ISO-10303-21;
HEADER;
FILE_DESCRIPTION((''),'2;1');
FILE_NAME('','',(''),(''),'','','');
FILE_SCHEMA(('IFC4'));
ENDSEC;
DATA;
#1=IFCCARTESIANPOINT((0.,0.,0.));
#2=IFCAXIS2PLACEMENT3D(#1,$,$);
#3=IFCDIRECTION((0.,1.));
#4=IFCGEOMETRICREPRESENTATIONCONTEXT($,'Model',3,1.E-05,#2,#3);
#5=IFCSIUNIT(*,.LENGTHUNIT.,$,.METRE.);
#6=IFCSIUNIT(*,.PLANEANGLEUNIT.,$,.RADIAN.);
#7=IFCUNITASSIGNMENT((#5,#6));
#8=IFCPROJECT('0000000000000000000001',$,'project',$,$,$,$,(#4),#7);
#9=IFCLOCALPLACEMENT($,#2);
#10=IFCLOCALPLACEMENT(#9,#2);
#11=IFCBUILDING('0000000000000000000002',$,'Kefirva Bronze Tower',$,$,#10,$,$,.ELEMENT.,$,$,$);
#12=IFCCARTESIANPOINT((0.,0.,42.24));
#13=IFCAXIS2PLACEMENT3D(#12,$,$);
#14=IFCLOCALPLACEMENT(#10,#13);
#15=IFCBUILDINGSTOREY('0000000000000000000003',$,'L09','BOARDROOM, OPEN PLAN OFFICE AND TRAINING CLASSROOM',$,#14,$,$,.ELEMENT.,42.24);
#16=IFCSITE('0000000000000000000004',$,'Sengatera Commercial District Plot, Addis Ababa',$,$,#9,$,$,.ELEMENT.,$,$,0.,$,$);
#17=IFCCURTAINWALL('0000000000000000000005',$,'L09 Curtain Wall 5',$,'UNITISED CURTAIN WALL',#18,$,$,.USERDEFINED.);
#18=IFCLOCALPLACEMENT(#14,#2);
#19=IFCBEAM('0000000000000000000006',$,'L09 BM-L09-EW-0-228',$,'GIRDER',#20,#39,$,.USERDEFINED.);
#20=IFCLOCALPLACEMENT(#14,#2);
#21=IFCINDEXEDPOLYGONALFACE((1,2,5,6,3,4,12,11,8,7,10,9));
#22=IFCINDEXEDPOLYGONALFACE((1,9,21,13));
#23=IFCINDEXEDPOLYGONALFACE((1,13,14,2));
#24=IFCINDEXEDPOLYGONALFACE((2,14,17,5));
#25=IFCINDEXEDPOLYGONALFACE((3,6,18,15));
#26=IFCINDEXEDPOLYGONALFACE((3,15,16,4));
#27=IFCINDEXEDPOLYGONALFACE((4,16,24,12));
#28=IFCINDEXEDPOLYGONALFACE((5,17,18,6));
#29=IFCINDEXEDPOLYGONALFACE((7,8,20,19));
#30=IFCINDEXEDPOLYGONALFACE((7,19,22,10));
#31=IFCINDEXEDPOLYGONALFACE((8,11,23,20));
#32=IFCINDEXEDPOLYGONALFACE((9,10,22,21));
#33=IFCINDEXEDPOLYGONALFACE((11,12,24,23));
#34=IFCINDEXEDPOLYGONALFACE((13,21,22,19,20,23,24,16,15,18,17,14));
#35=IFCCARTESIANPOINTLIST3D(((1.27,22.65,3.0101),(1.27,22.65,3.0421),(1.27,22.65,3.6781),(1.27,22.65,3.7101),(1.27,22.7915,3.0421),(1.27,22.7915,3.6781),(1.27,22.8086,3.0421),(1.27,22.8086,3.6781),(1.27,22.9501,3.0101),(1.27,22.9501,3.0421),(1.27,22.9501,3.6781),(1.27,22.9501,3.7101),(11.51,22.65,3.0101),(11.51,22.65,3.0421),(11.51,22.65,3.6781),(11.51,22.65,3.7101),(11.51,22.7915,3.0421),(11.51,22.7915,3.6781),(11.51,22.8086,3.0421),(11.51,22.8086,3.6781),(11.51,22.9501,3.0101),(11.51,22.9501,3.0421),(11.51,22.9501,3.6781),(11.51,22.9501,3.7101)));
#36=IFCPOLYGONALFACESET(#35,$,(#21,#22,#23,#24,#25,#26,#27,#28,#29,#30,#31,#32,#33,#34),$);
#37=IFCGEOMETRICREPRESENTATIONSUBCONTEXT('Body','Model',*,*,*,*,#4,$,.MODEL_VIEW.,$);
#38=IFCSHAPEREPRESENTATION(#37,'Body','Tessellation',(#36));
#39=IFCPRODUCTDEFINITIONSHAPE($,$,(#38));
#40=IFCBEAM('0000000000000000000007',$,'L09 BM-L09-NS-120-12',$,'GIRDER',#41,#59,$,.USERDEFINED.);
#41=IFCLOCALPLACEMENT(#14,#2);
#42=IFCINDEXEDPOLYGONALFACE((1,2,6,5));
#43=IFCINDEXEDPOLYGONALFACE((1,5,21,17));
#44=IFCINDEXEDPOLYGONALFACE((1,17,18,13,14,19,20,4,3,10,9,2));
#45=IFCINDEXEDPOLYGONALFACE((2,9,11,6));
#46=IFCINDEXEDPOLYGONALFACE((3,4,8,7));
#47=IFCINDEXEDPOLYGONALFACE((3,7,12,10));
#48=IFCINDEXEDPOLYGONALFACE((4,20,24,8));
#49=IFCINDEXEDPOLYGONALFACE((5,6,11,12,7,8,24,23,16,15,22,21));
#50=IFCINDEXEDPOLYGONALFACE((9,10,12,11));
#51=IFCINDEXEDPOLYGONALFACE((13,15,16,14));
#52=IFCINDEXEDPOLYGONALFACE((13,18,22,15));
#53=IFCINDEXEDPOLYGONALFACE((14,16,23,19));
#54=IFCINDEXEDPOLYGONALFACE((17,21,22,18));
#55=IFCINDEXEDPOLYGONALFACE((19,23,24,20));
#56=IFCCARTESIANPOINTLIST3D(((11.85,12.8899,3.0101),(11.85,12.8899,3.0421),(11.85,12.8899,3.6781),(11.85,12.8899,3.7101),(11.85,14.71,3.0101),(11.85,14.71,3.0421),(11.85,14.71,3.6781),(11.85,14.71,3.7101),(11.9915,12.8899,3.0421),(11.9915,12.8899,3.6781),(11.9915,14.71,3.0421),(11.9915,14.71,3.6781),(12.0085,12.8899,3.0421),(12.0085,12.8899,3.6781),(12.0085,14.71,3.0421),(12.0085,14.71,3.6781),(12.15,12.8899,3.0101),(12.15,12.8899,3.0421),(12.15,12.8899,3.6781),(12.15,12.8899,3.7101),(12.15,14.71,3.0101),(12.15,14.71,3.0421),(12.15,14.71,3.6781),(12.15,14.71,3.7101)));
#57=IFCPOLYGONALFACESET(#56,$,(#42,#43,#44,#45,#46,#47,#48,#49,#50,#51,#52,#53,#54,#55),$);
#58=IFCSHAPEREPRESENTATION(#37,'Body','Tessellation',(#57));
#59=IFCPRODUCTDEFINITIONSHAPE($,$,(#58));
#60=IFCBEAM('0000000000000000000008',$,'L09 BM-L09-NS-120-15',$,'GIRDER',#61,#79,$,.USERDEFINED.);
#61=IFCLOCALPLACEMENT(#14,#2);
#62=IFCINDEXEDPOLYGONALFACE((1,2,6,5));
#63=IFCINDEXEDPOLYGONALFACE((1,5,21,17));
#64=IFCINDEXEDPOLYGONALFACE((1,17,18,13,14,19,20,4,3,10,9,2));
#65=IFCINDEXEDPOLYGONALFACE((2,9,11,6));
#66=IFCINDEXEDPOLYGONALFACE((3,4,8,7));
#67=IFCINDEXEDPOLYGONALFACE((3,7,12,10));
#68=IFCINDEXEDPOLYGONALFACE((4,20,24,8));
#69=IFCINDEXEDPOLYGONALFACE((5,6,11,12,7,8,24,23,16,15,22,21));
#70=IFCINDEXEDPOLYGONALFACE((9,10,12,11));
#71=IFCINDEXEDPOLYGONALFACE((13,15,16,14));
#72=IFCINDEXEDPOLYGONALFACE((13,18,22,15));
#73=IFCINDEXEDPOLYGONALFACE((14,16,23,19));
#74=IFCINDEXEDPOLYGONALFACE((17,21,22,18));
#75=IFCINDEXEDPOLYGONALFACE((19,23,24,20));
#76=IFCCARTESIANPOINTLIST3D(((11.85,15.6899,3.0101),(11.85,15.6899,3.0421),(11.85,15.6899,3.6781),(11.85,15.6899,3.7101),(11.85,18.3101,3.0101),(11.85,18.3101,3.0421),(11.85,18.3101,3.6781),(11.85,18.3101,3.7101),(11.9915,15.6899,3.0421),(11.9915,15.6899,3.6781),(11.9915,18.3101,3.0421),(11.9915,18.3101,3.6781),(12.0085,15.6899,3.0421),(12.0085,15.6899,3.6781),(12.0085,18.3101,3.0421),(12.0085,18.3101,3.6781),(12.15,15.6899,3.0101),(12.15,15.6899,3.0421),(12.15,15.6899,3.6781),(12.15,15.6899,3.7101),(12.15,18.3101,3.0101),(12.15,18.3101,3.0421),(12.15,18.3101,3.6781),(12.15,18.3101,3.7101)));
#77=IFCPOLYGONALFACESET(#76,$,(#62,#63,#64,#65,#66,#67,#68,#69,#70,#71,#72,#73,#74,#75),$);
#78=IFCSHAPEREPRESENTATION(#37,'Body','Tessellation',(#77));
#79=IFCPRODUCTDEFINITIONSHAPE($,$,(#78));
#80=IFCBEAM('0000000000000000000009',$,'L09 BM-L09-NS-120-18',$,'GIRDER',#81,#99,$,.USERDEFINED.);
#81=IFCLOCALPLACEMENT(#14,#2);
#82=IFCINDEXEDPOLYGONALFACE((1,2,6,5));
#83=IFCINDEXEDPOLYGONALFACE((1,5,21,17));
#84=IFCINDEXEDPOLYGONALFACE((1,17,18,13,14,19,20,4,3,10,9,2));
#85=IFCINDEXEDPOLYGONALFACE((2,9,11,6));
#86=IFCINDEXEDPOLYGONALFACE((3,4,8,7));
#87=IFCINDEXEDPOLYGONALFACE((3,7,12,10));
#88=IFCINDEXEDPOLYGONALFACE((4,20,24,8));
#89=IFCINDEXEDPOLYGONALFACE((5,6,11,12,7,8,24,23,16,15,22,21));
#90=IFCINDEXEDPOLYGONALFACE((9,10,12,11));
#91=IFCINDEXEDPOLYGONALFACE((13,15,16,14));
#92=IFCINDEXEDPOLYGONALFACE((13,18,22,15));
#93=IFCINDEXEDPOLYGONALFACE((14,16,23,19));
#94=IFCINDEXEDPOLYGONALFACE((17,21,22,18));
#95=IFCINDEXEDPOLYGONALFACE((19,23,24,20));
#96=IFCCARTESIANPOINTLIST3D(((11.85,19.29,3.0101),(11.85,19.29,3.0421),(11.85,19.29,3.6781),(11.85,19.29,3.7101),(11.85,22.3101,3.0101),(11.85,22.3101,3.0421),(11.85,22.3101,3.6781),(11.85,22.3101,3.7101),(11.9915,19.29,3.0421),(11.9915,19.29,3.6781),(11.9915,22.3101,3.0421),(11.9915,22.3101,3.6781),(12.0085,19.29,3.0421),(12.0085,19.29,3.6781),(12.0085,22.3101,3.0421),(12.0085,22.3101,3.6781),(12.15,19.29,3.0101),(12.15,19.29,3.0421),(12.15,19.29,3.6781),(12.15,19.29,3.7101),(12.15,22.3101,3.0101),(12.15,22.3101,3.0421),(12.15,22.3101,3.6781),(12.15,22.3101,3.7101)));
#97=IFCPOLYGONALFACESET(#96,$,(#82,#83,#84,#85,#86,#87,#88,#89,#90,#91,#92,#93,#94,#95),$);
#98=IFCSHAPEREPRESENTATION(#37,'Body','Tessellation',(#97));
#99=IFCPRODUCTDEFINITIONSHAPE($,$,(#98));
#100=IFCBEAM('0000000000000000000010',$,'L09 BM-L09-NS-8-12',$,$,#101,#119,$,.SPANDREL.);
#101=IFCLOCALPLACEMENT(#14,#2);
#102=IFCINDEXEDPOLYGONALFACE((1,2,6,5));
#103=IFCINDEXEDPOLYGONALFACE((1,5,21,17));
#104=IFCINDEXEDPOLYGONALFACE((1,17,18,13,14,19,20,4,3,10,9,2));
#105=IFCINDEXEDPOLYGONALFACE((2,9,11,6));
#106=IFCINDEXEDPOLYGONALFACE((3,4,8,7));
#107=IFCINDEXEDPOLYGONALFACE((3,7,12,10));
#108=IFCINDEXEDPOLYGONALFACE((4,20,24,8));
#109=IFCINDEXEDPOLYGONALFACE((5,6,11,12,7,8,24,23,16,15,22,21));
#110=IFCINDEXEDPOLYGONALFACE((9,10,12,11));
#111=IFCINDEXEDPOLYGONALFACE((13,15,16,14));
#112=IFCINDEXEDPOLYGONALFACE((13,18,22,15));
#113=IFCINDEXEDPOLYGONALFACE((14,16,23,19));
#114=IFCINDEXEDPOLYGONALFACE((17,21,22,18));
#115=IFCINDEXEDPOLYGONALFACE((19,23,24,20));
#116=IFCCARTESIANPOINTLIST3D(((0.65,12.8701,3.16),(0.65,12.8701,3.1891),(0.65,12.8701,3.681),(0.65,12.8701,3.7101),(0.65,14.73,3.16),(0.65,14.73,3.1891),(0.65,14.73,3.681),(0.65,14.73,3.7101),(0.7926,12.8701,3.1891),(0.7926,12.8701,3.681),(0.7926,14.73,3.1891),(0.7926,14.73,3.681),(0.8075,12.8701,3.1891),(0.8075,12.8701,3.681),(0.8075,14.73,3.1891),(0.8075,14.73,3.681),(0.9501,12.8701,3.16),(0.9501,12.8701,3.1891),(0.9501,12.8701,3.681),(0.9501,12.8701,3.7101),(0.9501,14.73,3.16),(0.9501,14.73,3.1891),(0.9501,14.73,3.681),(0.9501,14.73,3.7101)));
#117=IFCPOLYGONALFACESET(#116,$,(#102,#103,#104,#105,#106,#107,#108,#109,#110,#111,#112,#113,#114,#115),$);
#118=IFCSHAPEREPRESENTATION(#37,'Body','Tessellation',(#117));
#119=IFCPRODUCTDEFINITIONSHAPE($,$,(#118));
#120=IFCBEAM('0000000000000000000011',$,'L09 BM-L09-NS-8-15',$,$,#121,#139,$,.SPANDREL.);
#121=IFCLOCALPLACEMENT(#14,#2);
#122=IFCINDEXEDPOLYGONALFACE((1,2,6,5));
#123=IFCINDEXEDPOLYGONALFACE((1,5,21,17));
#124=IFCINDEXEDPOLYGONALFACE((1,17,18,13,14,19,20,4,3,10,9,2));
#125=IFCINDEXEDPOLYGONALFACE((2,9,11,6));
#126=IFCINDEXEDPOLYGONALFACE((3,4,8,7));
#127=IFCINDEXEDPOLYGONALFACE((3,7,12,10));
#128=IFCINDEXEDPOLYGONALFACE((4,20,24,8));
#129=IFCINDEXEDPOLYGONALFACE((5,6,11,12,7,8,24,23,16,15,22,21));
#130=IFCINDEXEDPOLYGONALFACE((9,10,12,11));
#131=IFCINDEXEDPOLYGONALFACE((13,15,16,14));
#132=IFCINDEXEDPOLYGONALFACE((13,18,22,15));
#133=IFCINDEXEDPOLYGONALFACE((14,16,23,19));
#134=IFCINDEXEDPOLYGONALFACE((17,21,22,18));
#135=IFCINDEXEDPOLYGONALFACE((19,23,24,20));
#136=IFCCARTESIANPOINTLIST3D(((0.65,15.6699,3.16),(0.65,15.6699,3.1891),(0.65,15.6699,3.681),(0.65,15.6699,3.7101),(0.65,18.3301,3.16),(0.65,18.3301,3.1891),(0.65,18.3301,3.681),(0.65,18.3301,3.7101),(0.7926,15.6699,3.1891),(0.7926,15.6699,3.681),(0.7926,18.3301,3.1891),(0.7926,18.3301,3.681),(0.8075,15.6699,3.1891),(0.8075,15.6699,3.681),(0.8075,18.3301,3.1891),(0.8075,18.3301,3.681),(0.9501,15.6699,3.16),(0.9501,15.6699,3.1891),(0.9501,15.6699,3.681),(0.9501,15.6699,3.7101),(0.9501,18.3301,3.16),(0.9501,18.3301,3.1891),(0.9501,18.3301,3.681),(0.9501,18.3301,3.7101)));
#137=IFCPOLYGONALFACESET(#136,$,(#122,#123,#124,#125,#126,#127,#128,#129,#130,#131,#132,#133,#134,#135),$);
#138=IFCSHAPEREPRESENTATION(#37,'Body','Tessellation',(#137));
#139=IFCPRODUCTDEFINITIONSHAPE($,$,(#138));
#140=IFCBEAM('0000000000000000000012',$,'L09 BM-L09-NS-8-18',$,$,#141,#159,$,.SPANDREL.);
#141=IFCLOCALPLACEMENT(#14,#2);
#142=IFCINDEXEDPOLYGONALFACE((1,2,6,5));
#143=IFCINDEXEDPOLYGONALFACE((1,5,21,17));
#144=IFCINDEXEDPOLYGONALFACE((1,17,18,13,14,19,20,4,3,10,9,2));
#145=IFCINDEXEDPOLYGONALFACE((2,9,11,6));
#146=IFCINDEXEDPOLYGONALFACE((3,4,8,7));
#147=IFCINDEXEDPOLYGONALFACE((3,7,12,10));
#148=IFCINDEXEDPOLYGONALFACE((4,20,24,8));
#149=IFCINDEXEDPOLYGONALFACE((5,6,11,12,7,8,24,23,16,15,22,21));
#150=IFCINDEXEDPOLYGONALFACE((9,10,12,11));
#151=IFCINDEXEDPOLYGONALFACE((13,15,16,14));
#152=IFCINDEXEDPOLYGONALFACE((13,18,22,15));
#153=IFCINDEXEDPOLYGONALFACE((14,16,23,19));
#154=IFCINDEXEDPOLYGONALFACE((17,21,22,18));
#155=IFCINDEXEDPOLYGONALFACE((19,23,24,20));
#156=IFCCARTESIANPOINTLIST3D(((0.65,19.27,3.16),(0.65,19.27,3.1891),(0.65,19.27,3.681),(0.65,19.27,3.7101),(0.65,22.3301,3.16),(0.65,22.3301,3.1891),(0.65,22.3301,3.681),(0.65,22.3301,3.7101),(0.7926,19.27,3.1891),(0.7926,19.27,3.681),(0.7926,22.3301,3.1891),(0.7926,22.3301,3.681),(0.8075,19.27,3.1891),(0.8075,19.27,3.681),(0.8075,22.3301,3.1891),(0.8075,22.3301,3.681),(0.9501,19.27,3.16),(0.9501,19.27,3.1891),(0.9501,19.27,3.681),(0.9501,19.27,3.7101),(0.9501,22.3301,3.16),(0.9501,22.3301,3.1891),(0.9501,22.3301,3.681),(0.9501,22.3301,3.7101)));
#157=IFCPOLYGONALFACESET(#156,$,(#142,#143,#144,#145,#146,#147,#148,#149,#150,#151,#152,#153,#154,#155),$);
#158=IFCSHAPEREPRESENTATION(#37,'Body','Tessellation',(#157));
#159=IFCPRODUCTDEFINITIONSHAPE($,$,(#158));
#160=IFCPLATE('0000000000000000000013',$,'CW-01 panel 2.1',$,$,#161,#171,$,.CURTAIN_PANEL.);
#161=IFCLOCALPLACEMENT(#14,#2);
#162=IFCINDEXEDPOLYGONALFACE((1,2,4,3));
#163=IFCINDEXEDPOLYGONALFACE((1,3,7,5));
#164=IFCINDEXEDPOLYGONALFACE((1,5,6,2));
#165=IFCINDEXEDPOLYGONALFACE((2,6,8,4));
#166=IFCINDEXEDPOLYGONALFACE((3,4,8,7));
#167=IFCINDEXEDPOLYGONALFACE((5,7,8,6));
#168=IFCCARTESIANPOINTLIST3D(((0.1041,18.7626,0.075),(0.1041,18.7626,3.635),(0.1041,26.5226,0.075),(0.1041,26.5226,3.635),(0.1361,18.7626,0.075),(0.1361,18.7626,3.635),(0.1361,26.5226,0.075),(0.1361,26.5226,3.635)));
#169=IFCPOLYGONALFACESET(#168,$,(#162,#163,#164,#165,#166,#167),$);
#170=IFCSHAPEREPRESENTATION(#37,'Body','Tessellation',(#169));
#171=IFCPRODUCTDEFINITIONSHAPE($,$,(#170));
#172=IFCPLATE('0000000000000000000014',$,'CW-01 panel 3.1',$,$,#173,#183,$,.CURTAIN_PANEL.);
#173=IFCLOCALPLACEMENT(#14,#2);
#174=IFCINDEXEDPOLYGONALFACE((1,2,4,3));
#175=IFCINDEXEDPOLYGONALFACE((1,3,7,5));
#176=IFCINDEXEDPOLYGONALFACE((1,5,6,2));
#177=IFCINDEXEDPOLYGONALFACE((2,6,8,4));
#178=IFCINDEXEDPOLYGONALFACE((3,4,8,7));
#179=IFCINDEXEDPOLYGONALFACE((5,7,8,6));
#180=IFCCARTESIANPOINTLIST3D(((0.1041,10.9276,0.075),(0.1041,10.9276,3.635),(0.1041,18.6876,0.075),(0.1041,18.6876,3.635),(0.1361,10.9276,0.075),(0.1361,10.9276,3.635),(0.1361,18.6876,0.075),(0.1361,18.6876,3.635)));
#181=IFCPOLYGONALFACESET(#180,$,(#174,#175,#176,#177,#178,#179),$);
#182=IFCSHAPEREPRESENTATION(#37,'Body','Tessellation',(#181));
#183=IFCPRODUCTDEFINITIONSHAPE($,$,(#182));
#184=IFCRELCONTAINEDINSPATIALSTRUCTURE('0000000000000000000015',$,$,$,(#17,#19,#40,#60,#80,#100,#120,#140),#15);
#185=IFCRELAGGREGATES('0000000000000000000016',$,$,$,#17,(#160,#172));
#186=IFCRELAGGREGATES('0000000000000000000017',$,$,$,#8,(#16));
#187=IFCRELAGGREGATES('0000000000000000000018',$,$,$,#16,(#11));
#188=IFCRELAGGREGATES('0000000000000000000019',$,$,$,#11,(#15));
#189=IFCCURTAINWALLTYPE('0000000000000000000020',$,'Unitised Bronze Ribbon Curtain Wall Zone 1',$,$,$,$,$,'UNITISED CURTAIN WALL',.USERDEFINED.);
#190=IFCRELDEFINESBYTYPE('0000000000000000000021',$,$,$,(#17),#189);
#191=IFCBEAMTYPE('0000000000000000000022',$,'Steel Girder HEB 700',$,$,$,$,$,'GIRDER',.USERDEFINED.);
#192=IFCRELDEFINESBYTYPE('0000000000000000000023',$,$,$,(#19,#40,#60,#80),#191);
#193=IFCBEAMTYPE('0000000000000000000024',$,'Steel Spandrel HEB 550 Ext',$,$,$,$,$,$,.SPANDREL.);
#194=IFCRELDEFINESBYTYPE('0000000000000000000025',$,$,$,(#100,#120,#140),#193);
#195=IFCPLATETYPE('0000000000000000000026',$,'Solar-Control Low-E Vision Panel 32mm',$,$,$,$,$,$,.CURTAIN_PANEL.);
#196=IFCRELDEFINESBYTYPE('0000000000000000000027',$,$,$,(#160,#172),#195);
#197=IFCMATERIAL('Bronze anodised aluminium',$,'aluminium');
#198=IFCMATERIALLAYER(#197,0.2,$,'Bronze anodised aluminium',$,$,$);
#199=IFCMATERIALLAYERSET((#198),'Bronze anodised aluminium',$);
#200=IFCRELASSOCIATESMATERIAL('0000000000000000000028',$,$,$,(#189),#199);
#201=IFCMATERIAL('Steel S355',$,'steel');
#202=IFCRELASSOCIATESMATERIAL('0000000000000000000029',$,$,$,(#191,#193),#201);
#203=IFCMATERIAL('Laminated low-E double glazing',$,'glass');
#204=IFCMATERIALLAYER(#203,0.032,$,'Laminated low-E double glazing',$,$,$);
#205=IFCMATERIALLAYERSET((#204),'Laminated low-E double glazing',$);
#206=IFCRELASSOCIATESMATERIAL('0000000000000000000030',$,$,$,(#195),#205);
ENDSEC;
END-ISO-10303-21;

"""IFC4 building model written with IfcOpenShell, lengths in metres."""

from ifc_helpers import new_model, si_unit, direction, frame, origin, origin_2d, place, context, subcontext, project, spatial, rectangle, i_section, extrude, material, layer, layer_set, material_profile, profile_set, type_object, element, aggregate, save


model = new_model("IFC4")

# Units and contexts
model_context = context("Model", 3, precision=1e-05, world=origin(), true_north=direction((0.0, 1.0)))
body_context = subcontext(model_context, "Body", "Model", "MODEL_VIEW")
ifc_project = project(units=[si_unit("LENGTHUNIT", "METRE"), si_unit("PLANEANGLEUNIT", "RADIAN")], contexts=[model_context])

# Site, building, storey
site_placement = place(None, origin())
site = spatial("IfcSite", under=ifc_project, at=site_placement, Name="Sengatera Commercial District Plot, Addis Ababa", CompositionType="ELEMENT", RefElevation=0.0)
building_placement = place(site_placement, origin())
building = spatial("IfcBuilding", under=site, at=building_placement, Name="Kefirva Bronze Tower", CompositionType="ELEMENT")
storey_placement = place(building_placement, frame((0.0, 0.0, 42.24)))
storey = spatial("IfcBuildingStorey", under=building, at=storey_placement, Name="L09", Description="BOARDROOM, OPEN PLAN OFFICE AND TRAINING CLASSROOM", CompositionType="ELEMENT", Elevation=42.24)

# Curtain wall
ifc_material_1 = material(Name="Bronze anodised aluminium", Category="aluminium")
ifc_layer_1 = layer(ifc_material_1, 0.2, Name="Bronze anodised aluminium")
ifc_layer_set_1 = layer_set([ifc_layer_1], Name="Bronze anodised aluminium")
curtain_wall_type = type_object("IfcCurtainWallType", Name="Unitised Bronze Ribbon Curtain Wall Zone 1", ElementType="UNITISED CURTAIN WALL", PredefinedType="USERDEFINED", material=ifc_layer_set_1)
curtain_wall_placement = place(storey_placement, origin())
curtain_wall = element("IfcCurtainWall", 1, at=curtain_wall_placement, inside=storey, type_object=curtain_wall_type, Name="L09 Curtain Wall 5", ObjectType="UNITISED CURTAIN WALL", PredefinedType="USERDEFINED")

# Beams
ifc_material_2 = material(Name="Steel S355", Category="steel")
ifc_material_profile_1 = material_profile(ifc_material_2, i_section(OverallWidth=0.3, OverallDepth=0.7, WebThickness=0.0171, FlangeThickness=0.032, at=origin_2d()), Name="HEB 700")
ifc_profile_set_1 = profile_set([ifc_material_profile_1], Name="Steel S355")
beam_type_1 = type_object("IfcBeamType", Name="Steel Girder HEB 700", ElementType="GIRDER", PredefinedType="USERDEFINED", material=ifc_profile_set_1)
beam_1_placement = place(storey_placement, frame((1.27, 22.8, 3.3601), z_axis=(1.0, 0.0, 0.0), x_axis=(0.0, 1.0, 0.0)))
element("IfcBeam", 2, at=beam_1_placement, inside=storey, type_object=beam_type_1, Name="L09 BM-L09-EW-0-228", ObjectType="GIRDER", PredefinedType="USERDEFINED", context=body_context, shape_type="SweptSolid", body=[
    extrude(i_section(OverallWidth=0.3, OverallDepth=0.7, WebThickness=0.0171, FlangeThickness=0.032, at=origin_2d()), origin(), (0.0, 0.0, 1.0), 10.24),
])
beam_2_placement = place(storey_placement, frame((12.0, 12.8899, 3.3601), z_axis=(0.0, 1.0, 0.0), x_axis=(-1.0, 0.0, 0.0)))
element("IfcBeam", 3, at=beam_2_placement, inside=storey, type_object=beam_type_1, Name="L09 BM-L09-NS-120-12", ObjectType="GIRDER", PredefinedType="USERDEFINED", context=body_context, shape_type="SweptSolid", body=[
    extrude(i_section(OverallWidth=0.3, OverallDepth=0.7, WebThickness=0.0171, FlangeThickness=0.032, at=origin_2d()), origin(), (0.0, 0.0, 1.0), 1.8201),
])
beam_3_placement = place(storey_placement, frame((12.0, 15.6899, 3.3601), z_axis=(0.0, 1.0, 0.0), x_axis=(-1.0, 0.0, 0.0)))
element("IfcBeam", 4, at=beam_3_placement, inside=storey, type_object=beam_type_1, Name="L09 BM-L09-NS-120-15", ObjectType="GIRDER", PredefinedType="USERDEFINED", context=body_context, shape_type="SweptSolid", body=[
    extrude(i_section(OverallWidth=0.3, OverallDepth=0.7, WebThickness=0.0171, FlangeThickness=0.032, at=origin_2d()), origin(), (0.0, 0.0, 1.0), 2.6201),
])
beam_4_placement = place(storey_placement, frame((12.0, 19.29, 3.3601), z_axis=(0.0, 1.0, 0.0), x_axis=(-1.0, 0.0, 0.0)))
element("IfcBeam", 5, at=beam_4_placement, inside=storey, type_object=beam_type_1, Name="L09 BM-L09-NS-120-18", ObjectType="GIRDER", PredefinedType="USERDEFINED", context=body_context, shape_type="SweptSolid", body=[
    extrude(i_section(OverallWidth=0.3, OverallDepth=0.7, WebThickness=0.0171, FlangeThickness=0.032, at=origin_2d()), origin(), (0.0, 0.0, 1.0), 3.02),
])
ifc_material_profile_2 = material_profile(ifc_material_2, i_section(OverallWidth=0.3, OverallDepth=0.55, WebThickness=0.0149, FlangeThickness=0.0291, at=origin_2d()), Name="HEB 550")
ifc_profile_set_2 = profile_set([ifc_material_profile_2], Name="Steel S355")
beam_type_2 = type_object("IfcBeamType", Name="Steel Spandrel HEB 550 Ext", PredefinedType="SPANDREL", material=ifc_profile_set_2)
beam_5_placement = place(storey_placement, frame((0.8, 12.8701, 3.4351), z_axis=(0.0, 1.0, 0.0), x_axis=(-1.0, 0.0, 0.0)))
element("IfcBeam", 6, at=beam_5_placement, inside=storey, type_object=beam_type_2, Name="L09 BM-L09-NS-8-12", PredefinedType="SPANDREL", context=body_context, shape_type="SweptSolid", body=[
    extrude(i_section(OverallWidth=0.3, OverallDepth=0.55, WebThickness=0.0149, FlangeThickness=0.0291, at=origin_2d()), origin(), (0.0, 0.0, 1.0), 1.8599),
])
beam_6_placement = place(storey_placement, frame((0.8, 15.6699, 3.4351), z_axis=(0.0, 1.0, 0.0), x_axis=(-1.0, 0.0, 0.0)))
element("IfcBeam", 7, at=beam_6_placement, inside=storey, type_object=beam_type_2, Name="L09 BM-L09-NS-8-15", PredefinedType="SPANDREL", context=body_context, shape_type="SweptSolid", body=[
    extrude(i_section(OverallWidth=0.3, OverallDepth=0.55, WebThickness=0.0149, FlangeThickness=0.0291, at=origin_2d()), origin(), (0.0, 0.0, 1.0), 2.6602),
])
beam_7_placement = place(storey_placement, frame((0.8, 19.27, 3.4351), z_axis=(0.0, 1.0, 0.0), x_axis=(-1.0, 0.0, 0.0)))
element("IfcBeam", 8, at=beam_7_placement, inside=storey, type_object=beam_type_2, Name="L09 BM-L09-NS-8-18", PredefinedType="SPANDREL", context=body_context, shape_type="SweptSolid", body=[
    extrude(i_section(OverallWidth=0.3, OverallDepth=0.55, WebThickness=0.0149, FlangeThickness=0.0291, at=origin_2d()), origin(), (0.0, 0.0, 1.0), 3.0601),
])

# Plates
ifc_material_3 = material(Name="Laminated low-E double glazing", Category="glass")
ifc_layer_2 = layer(ifc_material_3, 0.032, Name="Laminated low-E double glazing")
ifc_layer_set_2 = layer_set([ifc_layer_2], Name="Laminated low-E double glazing")
plate_type = type_object("IfcPlateType", Name="Solar-Control Low-E Vision Panel 32mm", PredefinedType="CURTAIN_PANEL", material=ifc_layer_set_2)
plate_1_placement = place(storey_placement, frame((0.1201, 22.6426, 0.075), z_axis=(0.0, 0.0, 1.0), x_axis=(0.0, -1.0, 0.0)))
plate_1 = element("IfcPlate", 9, at=plate_1_placement, type_object=plate_type, Name="CW-01 panel 2.1", PredefinedType="CURTAIN_PANEL", context=body_context, shape_type="SweptSolid", body=[
    extrude(rectangle(XDim=7.76, YDim=0.032, at=origin_2d()), origin(), (0.0, 0.0, 1.0), 3.5601),
])
plate_2_placement = place(storey_placement, frame((0.1201, 14.8076, 0.075), z_axis=(0.0, 0.0, 1.0), x_axis=(0.0, -1.0, 0.0)))
plate_2 = element("IfcPlate", 10, at=plate_2_placement, type_object=plate_type, Name="CW-01 panel 3.1", PredefinedType="CURTAIN_PANEL", context=body_context, shape_type="SweptSolid", body=[
    extrude(rectangle(XDim=7.76, YDim=0.032, at=origin_2d()), origin(), (0.0, 0.0, 1.0), 3.5601),
])
aggregate(curtain_wall, [plate_1, plate_2])

save(model, "model.ifc")
